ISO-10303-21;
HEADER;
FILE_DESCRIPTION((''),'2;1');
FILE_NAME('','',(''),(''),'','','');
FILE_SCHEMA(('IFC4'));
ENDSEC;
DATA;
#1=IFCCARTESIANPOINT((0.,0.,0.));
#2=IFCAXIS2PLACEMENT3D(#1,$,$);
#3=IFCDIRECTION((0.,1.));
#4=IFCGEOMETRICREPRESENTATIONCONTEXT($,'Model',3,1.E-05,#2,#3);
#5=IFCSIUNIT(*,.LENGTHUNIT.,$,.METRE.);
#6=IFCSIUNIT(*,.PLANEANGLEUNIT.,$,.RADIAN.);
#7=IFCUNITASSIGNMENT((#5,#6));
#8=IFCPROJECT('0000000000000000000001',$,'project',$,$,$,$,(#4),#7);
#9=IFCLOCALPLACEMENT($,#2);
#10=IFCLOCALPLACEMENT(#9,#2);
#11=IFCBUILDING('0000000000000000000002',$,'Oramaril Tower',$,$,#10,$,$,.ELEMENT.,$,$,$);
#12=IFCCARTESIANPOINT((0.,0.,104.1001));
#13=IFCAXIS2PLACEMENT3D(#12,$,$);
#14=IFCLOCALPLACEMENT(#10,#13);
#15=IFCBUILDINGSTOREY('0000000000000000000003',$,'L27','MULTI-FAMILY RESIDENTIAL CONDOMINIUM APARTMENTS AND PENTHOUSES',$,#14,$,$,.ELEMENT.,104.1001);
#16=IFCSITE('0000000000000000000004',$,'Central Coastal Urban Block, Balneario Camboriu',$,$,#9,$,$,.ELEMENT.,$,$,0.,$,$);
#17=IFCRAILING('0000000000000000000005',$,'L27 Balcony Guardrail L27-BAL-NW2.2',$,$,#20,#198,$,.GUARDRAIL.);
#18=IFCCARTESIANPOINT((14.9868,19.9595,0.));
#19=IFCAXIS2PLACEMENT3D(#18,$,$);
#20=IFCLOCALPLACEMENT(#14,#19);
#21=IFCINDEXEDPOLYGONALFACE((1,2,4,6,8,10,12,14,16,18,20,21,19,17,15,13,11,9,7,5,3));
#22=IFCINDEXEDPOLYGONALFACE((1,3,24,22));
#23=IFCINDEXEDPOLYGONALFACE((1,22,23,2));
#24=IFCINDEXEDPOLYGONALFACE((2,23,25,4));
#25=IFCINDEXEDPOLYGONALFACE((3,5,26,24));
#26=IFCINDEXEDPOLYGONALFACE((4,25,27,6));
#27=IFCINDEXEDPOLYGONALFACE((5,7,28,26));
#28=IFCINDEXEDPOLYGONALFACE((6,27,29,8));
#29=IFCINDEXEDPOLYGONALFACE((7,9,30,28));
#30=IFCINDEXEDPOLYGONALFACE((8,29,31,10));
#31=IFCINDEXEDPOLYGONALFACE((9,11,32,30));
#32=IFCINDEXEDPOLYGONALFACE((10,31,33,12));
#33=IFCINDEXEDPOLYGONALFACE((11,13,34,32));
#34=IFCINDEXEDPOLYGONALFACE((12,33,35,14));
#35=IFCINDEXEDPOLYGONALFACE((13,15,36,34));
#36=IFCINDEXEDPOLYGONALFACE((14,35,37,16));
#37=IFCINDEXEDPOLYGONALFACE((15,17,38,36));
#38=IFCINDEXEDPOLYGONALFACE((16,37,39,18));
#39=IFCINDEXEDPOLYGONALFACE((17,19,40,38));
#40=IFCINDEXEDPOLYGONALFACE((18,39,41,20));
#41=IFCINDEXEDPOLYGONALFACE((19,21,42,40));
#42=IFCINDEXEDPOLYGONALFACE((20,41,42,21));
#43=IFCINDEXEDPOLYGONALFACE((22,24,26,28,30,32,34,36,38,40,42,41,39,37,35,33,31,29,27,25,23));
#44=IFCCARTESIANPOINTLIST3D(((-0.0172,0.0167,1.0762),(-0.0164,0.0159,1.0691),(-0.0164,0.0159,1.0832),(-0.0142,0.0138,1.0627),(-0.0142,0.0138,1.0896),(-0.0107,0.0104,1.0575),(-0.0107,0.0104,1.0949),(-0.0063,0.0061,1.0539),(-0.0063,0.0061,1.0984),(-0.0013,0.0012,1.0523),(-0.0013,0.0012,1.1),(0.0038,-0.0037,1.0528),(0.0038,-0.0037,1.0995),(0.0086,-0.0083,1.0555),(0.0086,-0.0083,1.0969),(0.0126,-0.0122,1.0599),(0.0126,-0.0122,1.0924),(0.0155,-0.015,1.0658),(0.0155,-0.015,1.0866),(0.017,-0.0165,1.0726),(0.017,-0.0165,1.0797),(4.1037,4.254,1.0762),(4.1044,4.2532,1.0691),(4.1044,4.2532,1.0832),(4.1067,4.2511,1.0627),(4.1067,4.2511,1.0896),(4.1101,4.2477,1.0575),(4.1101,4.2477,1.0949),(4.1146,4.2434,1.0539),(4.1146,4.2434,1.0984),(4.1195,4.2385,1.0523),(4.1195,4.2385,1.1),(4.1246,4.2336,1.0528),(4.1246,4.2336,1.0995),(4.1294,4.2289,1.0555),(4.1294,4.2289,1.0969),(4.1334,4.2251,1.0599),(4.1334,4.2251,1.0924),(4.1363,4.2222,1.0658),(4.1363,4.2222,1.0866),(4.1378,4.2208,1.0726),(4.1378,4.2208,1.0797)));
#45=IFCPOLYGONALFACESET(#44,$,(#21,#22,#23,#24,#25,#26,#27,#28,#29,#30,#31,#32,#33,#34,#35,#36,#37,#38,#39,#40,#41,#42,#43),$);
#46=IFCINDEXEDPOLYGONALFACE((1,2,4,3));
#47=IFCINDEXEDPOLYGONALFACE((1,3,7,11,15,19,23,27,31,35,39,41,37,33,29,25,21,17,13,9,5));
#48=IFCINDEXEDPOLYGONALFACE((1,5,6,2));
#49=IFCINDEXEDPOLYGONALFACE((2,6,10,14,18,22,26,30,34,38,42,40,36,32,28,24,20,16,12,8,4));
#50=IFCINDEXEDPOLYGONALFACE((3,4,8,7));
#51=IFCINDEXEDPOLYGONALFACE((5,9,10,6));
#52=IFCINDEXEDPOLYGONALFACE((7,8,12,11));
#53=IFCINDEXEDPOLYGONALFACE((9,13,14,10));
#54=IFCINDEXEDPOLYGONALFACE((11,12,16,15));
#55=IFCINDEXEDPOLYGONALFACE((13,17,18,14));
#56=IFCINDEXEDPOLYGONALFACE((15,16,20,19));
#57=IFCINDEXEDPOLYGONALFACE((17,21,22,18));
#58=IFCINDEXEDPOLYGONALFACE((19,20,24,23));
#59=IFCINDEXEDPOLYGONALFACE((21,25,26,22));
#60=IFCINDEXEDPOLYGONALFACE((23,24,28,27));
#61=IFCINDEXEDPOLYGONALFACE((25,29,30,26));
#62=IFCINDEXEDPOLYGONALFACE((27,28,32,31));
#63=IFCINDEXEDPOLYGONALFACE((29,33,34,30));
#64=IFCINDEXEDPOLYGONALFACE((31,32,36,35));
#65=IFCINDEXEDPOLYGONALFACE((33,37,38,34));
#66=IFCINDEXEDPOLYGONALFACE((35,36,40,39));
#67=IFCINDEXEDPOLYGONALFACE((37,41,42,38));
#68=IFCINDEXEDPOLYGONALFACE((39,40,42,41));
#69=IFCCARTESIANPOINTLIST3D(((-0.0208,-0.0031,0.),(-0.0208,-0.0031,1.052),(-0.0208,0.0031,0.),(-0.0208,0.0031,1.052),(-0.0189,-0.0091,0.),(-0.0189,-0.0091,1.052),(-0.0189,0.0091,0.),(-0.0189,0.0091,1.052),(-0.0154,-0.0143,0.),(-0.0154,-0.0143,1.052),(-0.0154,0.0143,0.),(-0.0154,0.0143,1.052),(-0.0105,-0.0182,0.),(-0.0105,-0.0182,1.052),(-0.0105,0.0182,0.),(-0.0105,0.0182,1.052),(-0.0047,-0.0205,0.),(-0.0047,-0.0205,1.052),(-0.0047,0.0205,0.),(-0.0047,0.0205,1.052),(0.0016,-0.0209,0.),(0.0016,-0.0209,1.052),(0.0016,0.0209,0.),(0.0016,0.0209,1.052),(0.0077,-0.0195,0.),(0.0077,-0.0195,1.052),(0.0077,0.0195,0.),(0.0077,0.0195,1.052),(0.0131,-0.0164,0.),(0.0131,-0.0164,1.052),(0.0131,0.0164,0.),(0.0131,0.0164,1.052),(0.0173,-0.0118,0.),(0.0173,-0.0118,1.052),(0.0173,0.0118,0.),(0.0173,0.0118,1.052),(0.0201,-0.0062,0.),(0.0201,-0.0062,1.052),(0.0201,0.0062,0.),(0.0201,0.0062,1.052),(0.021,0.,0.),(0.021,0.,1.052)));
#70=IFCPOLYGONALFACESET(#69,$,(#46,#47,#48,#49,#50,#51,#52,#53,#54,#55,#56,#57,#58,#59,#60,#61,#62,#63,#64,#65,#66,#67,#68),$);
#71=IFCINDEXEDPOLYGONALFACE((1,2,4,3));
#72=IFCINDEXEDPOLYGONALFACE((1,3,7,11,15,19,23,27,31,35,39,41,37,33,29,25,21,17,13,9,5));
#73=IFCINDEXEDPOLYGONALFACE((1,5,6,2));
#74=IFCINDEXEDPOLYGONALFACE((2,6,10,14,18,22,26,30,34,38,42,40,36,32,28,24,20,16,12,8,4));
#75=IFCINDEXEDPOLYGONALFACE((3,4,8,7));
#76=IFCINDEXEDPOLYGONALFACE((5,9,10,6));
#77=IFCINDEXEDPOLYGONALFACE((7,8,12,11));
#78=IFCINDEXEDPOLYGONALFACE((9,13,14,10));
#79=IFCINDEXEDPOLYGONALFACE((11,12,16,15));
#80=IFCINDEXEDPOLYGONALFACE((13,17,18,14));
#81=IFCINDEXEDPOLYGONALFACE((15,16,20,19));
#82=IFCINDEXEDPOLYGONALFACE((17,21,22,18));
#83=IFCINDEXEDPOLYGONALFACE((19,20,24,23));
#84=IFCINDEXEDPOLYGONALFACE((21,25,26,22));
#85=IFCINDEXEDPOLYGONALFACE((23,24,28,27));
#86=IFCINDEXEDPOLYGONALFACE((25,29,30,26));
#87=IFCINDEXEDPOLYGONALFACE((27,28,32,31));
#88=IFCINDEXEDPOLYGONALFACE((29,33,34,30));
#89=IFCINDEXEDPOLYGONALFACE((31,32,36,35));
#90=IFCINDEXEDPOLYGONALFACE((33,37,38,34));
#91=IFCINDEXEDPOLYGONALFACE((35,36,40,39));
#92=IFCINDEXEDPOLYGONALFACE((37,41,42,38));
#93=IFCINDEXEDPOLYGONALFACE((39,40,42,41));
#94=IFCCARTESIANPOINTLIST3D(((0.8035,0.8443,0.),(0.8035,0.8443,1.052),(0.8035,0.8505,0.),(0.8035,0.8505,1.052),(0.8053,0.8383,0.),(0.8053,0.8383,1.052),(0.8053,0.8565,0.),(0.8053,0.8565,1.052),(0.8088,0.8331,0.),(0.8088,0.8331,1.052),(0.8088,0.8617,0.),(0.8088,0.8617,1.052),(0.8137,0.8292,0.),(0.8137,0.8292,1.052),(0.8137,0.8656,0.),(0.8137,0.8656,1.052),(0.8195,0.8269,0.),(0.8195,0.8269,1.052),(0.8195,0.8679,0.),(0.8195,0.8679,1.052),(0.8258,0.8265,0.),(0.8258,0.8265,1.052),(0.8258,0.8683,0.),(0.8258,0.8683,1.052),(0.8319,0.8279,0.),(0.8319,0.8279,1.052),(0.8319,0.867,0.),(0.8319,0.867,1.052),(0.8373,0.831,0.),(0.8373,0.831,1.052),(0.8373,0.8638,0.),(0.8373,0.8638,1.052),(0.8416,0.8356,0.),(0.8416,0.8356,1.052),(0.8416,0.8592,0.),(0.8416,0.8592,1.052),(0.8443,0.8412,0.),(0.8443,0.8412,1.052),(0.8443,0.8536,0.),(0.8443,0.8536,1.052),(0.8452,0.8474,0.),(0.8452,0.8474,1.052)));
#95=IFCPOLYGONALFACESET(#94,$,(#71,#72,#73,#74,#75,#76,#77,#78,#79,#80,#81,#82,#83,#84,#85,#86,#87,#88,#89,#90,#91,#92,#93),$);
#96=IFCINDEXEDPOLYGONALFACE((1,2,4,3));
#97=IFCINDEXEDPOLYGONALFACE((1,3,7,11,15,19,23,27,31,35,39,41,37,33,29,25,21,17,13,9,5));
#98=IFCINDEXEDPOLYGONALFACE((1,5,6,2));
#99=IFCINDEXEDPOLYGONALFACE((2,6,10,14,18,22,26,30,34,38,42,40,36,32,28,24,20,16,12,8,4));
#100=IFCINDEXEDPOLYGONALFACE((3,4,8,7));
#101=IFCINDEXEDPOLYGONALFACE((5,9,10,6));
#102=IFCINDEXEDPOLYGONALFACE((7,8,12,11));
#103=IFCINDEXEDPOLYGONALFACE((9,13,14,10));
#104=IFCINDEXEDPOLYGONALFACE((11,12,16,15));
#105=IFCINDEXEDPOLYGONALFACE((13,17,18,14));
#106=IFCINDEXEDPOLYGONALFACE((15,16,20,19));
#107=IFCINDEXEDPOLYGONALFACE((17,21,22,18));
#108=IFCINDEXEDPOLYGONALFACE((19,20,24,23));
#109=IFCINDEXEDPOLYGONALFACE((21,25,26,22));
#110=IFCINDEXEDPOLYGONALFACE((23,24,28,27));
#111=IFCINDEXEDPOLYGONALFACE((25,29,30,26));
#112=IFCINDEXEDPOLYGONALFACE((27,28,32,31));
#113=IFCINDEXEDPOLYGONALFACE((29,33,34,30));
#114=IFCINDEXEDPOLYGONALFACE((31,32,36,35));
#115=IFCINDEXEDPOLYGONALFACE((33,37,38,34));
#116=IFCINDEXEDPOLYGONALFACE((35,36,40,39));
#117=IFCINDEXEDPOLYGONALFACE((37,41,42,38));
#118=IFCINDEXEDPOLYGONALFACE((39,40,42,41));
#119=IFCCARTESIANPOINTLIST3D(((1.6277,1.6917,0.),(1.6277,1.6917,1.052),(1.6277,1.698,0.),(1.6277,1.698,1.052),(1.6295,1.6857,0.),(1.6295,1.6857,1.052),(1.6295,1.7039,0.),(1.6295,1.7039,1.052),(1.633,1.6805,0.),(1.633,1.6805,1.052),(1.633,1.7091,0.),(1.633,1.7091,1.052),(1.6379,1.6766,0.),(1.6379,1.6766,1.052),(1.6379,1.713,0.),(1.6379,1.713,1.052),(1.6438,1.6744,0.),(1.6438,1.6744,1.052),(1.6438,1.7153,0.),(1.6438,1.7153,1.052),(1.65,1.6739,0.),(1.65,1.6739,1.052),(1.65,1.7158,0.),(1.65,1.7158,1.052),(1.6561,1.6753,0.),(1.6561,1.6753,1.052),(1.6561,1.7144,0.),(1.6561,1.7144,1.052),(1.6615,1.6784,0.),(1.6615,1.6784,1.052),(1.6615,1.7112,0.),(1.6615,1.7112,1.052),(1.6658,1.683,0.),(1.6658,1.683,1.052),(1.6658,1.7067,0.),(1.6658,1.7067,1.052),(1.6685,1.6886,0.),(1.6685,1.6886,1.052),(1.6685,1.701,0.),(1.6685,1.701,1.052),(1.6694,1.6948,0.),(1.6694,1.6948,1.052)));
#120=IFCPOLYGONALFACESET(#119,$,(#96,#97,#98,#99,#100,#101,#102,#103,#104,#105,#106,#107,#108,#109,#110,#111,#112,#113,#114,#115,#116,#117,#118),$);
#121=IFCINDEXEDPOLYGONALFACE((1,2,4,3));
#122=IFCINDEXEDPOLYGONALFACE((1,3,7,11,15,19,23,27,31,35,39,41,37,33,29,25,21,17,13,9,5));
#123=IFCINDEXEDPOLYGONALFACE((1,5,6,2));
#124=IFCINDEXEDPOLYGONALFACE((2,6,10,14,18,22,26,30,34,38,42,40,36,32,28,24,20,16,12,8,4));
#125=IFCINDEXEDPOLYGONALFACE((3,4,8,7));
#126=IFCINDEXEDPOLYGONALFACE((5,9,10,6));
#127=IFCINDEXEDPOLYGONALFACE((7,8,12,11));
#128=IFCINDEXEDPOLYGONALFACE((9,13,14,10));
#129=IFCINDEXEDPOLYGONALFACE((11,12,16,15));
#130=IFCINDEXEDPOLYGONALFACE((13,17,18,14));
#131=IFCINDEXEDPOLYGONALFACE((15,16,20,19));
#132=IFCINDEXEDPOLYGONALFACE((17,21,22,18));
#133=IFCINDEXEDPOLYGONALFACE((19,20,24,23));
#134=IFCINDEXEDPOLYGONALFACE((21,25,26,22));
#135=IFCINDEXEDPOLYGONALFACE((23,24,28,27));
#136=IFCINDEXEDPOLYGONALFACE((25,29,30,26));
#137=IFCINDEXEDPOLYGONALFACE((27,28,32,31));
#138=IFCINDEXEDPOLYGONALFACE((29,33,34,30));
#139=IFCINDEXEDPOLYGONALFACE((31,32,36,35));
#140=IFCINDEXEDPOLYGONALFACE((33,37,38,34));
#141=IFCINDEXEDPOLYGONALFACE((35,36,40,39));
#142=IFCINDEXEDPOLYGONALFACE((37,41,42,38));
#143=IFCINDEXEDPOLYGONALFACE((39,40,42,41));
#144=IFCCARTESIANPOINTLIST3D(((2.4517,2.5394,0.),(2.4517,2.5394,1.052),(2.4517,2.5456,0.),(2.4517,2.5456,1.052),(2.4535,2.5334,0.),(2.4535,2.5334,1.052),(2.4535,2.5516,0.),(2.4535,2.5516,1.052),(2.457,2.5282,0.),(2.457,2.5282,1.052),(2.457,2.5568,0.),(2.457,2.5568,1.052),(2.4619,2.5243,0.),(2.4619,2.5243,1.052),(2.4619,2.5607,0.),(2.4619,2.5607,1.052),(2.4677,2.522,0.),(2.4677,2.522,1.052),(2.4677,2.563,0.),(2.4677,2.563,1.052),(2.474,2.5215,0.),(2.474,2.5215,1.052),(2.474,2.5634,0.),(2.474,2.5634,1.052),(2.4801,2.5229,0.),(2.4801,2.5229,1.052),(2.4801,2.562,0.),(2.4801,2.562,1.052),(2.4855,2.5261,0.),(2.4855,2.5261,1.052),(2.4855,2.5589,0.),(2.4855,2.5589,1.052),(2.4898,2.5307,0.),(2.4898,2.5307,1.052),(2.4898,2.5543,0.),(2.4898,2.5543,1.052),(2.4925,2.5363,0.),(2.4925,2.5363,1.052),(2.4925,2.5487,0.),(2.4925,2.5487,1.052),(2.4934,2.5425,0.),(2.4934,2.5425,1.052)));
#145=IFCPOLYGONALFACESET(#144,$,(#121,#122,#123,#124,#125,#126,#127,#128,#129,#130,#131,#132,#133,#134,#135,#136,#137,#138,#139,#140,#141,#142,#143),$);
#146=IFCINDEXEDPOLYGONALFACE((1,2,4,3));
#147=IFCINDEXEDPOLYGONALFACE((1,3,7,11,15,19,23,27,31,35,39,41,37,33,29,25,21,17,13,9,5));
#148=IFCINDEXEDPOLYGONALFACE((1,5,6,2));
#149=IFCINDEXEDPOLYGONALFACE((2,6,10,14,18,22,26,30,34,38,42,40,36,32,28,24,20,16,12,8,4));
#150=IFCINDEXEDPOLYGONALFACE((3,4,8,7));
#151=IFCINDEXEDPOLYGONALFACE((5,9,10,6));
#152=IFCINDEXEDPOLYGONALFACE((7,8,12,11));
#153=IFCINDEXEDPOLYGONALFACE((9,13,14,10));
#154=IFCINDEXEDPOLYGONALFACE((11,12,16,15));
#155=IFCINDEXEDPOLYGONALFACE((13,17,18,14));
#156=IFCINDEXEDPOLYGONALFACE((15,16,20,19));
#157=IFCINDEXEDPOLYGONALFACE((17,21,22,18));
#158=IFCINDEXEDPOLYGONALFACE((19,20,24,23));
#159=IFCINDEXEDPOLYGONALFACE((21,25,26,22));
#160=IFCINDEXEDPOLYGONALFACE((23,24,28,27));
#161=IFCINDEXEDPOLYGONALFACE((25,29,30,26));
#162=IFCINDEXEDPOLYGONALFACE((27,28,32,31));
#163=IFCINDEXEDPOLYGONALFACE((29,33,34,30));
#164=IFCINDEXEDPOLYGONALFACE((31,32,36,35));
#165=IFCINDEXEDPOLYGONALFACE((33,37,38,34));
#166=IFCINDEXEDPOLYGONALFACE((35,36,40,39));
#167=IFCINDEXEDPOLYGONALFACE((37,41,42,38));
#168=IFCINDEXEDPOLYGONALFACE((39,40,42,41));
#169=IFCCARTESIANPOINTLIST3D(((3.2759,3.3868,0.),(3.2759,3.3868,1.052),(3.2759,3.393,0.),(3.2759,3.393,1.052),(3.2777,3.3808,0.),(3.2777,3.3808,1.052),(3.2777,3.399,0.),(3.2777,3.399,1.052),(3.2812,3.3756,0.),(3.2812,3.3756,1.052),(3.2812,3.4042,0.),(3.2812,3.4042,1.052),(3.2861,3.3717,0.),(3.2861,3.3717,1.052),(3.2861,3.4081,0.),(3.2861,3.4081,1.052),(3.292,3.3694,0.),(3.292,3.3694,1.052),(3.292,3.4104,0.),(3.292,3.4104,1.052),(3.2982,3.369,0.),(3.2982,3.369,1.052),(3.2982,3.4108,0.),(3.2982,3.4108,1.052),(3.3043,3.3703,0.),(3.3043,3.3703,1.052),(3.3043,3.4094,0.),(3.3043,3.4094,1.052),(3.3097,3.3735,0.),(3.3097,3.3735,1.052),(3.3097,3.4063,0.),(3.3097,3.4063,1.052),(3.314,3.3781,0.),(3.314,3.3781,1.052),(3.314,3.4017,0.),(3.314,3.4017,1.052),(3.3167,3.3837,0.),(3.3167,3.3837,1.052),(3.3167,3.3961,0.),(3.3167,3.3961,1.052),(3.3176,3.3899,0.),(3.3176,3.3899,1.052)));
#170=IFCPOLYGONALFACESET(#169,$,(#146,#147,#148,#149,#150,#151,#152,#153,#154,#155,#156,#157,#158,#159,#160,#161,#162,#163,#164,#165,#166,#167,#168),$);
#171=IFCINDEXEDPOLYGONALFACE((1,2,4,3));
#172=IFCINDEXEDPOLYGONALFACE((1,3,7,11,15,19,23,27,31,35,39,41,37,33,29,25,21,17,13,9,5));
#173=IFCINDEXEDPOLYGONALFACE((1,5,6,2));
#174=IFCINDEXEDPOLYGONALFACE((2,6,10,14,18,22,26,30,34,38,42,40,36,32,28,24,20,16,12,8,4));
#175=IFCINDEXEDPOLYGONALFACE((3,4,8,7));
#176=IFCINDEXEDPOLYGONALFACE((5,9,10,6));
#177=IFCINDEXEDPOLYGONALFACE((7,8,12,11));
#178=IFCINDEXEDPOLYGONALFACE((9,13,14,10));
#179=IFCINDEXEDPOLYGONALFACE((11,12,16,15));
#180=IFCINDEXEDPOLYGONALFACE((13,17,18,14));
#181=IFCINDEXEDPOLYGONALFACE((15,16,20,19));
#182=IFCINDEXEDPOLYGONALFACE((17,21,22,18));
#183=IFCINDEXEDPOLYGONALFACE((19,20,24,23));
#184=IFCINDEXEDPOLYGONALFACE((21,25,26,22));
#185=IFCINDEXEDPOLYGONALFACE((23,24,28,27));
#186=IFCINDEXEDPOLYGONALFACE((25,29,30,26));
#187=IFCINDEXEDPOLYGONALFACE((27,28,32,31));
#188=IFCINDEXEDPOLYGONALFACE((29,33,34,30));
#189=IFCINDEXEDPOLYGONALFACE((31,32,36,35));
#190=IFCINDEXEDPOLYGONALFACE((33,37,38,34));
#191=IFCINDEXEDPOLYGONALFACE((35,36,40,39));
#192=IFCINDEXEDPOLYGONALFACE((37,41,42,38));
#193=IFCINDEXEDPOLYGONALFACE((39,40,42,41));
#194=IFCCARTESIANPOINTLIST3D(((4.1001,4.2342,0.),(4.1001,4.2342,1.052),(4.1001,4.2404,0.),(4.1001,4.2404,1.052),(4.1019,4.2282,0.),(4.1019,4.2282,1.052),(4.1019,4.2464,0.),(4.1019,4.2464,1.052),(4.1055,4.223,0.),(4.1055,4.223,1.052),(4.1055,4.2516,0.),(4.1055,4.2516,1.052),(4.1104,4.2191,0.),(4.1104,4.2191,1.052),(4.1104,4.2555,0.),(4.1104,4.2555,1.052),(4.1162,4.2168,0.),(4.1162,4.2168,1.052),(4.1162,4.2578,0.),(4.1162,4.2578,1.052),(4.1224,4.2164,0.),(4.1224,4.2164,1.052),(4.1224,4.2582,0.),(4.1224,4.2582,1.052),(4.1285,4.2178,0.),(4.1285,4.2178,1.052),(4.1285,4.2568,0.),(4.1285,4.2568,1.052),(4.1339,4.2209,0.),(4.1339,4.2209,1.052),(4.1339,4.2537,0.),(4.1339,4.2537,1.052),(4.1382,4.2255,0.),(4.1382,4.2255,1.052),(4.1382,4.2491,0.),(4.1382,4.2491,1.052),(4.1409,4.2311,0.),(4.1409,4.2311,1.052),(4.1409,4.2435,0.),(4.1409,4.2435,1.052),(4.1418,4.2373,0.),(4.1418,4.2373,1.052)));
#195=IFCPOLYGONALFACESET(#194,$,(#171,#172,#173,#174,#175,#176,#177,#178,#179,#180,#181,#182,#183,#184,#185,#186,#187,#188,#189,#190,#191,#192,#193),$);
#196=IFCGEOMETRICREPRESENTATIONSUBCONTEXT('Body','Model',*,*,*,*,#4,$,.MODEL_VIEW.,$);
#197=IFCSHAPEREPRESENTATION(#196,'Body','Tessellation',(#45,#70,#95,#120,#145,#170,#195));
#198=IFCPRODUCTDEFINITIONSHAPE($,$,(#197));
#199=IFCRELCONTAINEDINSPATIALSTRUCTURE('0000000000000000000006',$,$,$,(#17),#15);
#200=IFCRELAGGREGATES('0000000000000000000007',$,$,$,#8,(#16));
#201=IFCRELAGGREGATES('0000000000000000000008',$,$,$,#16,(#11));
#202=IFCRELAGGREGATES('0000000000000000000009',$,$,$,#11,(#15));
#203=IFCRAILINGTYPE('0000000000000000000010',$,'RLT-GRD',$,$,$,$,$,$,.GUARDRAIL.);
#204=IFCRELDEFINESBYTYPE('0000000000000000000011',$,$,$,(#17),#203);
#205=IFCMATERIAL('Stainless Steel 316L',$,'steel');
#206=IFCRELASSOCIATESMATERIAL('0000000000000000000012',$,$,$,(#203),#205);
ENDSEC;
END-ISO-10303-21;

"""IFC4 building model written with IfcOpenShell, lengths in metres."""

from ifc_helpers import new_model, si_unit, direction, frame, origin, origin_2d, place, context, subcontext, project, spatial, circle, extrude, material, type_object, element, save


model = new_model("IFC4")

# Units and contexts
model_context = context("Model", 3, precision=1e-05, world=origin(), true_north=direction((0.0, 1.0)))
body_context = subcontext(model_context, "Body", "Model", "MODEL_VIEW")
ifc_project = project(units=[si_unit("LENGTHUNIT", "METRE"), si_unit("PLANEANGLEUNIT", "RADIAN")], contexts=[model_context])

# Site, building, storey
site_placement = place(None, origin())
site = spatial("IfcSite", under=ifc_project, at=site_placement, Name="Central Coastal Urban Block, Balneario Camboriu", CompositionType="ELEMENT", RefElevation=0.0)
building_placement = place(site_placement, origin())
building = spatial("IfcBuilding", under=site, at=building_placement, Name="Oramaril Tower", CompositionType="ELEMENT")
storey_placement = place(building_placement, frame((0.0, 0.0, 104.1001)))
storey = spatial("IfcBuildingStorey", under=building, at=storey_placement, Name="L27", Description="MULTI-FAMILY RESIDENTIAL CONDOMINIUM APARTMENTS AND PENTHOUSES", CompositionType="ELEMENT", Elevation=104.1001)

# Railing
ifc_material_1 = material(Name="Stainless Steel 316L", Category="steel")
railing_type = type_object("IfcRailingType", Name="RLT-GRD", PredefinedType="GUARDRAIL", material=ifc_material_1)
railing_1_placement = place(storey_placement, frame((14.9868, 19.9595, 0.0)))
element("IfcRailing", 1, at=railing_1_placement, inside=storey, type_object=railing_type, Name="L27 Balcony Guardrail L27-BAL-NW2.2", PredefinedType="GUARDRAIL", context=body_context, shape_type="SweptSolid", body=[
    extrude(circle(Radius=0.0239, at=origin_2d()), frame((0.0, 0.0, 1.0762), z_axis=(0.697187, 0.716889, 0.0), x_axis=(-0.716889, 0.697187, 0.0)), (0.0, 0.0, 1.0), 5.9106),
    extrude(circle(Radius=0.021, at=origin_2d()), origin(), (0.0, 0.0, 1.0), 1.052),
    extrude(circle(Radius=0.021, at=origin_2d()), frame((0.8242, 0.8474, 0.0)), (0.0, 0.0, 1.0), 1.052),
    extrude(circle(Radius=0.021, at=origin_2d()), frame((1.6484, 1.6948, 0.0)), (0.0, 0.0, 1.0), 1.052),
    extrude(circle(Radius=0.021, at=origin_2d()), frame((2.4724, 2.5425, 0.0)), (0.0, 0.0, 1.0), 1.052),
    extrude(circle(Radius=0.021, at=origin_2d()), frame((3.2966, 3.3899, 0.0)), (0.0, 0.0, 1.0), 1.052),
    extrude(circle(Radius=0.021, at=origin_2d()), frame((4.1208, 4.2373, 0.0)), (0.0, 0.0, 1.0), 1.052),
])

save(model, "model.ifc")
